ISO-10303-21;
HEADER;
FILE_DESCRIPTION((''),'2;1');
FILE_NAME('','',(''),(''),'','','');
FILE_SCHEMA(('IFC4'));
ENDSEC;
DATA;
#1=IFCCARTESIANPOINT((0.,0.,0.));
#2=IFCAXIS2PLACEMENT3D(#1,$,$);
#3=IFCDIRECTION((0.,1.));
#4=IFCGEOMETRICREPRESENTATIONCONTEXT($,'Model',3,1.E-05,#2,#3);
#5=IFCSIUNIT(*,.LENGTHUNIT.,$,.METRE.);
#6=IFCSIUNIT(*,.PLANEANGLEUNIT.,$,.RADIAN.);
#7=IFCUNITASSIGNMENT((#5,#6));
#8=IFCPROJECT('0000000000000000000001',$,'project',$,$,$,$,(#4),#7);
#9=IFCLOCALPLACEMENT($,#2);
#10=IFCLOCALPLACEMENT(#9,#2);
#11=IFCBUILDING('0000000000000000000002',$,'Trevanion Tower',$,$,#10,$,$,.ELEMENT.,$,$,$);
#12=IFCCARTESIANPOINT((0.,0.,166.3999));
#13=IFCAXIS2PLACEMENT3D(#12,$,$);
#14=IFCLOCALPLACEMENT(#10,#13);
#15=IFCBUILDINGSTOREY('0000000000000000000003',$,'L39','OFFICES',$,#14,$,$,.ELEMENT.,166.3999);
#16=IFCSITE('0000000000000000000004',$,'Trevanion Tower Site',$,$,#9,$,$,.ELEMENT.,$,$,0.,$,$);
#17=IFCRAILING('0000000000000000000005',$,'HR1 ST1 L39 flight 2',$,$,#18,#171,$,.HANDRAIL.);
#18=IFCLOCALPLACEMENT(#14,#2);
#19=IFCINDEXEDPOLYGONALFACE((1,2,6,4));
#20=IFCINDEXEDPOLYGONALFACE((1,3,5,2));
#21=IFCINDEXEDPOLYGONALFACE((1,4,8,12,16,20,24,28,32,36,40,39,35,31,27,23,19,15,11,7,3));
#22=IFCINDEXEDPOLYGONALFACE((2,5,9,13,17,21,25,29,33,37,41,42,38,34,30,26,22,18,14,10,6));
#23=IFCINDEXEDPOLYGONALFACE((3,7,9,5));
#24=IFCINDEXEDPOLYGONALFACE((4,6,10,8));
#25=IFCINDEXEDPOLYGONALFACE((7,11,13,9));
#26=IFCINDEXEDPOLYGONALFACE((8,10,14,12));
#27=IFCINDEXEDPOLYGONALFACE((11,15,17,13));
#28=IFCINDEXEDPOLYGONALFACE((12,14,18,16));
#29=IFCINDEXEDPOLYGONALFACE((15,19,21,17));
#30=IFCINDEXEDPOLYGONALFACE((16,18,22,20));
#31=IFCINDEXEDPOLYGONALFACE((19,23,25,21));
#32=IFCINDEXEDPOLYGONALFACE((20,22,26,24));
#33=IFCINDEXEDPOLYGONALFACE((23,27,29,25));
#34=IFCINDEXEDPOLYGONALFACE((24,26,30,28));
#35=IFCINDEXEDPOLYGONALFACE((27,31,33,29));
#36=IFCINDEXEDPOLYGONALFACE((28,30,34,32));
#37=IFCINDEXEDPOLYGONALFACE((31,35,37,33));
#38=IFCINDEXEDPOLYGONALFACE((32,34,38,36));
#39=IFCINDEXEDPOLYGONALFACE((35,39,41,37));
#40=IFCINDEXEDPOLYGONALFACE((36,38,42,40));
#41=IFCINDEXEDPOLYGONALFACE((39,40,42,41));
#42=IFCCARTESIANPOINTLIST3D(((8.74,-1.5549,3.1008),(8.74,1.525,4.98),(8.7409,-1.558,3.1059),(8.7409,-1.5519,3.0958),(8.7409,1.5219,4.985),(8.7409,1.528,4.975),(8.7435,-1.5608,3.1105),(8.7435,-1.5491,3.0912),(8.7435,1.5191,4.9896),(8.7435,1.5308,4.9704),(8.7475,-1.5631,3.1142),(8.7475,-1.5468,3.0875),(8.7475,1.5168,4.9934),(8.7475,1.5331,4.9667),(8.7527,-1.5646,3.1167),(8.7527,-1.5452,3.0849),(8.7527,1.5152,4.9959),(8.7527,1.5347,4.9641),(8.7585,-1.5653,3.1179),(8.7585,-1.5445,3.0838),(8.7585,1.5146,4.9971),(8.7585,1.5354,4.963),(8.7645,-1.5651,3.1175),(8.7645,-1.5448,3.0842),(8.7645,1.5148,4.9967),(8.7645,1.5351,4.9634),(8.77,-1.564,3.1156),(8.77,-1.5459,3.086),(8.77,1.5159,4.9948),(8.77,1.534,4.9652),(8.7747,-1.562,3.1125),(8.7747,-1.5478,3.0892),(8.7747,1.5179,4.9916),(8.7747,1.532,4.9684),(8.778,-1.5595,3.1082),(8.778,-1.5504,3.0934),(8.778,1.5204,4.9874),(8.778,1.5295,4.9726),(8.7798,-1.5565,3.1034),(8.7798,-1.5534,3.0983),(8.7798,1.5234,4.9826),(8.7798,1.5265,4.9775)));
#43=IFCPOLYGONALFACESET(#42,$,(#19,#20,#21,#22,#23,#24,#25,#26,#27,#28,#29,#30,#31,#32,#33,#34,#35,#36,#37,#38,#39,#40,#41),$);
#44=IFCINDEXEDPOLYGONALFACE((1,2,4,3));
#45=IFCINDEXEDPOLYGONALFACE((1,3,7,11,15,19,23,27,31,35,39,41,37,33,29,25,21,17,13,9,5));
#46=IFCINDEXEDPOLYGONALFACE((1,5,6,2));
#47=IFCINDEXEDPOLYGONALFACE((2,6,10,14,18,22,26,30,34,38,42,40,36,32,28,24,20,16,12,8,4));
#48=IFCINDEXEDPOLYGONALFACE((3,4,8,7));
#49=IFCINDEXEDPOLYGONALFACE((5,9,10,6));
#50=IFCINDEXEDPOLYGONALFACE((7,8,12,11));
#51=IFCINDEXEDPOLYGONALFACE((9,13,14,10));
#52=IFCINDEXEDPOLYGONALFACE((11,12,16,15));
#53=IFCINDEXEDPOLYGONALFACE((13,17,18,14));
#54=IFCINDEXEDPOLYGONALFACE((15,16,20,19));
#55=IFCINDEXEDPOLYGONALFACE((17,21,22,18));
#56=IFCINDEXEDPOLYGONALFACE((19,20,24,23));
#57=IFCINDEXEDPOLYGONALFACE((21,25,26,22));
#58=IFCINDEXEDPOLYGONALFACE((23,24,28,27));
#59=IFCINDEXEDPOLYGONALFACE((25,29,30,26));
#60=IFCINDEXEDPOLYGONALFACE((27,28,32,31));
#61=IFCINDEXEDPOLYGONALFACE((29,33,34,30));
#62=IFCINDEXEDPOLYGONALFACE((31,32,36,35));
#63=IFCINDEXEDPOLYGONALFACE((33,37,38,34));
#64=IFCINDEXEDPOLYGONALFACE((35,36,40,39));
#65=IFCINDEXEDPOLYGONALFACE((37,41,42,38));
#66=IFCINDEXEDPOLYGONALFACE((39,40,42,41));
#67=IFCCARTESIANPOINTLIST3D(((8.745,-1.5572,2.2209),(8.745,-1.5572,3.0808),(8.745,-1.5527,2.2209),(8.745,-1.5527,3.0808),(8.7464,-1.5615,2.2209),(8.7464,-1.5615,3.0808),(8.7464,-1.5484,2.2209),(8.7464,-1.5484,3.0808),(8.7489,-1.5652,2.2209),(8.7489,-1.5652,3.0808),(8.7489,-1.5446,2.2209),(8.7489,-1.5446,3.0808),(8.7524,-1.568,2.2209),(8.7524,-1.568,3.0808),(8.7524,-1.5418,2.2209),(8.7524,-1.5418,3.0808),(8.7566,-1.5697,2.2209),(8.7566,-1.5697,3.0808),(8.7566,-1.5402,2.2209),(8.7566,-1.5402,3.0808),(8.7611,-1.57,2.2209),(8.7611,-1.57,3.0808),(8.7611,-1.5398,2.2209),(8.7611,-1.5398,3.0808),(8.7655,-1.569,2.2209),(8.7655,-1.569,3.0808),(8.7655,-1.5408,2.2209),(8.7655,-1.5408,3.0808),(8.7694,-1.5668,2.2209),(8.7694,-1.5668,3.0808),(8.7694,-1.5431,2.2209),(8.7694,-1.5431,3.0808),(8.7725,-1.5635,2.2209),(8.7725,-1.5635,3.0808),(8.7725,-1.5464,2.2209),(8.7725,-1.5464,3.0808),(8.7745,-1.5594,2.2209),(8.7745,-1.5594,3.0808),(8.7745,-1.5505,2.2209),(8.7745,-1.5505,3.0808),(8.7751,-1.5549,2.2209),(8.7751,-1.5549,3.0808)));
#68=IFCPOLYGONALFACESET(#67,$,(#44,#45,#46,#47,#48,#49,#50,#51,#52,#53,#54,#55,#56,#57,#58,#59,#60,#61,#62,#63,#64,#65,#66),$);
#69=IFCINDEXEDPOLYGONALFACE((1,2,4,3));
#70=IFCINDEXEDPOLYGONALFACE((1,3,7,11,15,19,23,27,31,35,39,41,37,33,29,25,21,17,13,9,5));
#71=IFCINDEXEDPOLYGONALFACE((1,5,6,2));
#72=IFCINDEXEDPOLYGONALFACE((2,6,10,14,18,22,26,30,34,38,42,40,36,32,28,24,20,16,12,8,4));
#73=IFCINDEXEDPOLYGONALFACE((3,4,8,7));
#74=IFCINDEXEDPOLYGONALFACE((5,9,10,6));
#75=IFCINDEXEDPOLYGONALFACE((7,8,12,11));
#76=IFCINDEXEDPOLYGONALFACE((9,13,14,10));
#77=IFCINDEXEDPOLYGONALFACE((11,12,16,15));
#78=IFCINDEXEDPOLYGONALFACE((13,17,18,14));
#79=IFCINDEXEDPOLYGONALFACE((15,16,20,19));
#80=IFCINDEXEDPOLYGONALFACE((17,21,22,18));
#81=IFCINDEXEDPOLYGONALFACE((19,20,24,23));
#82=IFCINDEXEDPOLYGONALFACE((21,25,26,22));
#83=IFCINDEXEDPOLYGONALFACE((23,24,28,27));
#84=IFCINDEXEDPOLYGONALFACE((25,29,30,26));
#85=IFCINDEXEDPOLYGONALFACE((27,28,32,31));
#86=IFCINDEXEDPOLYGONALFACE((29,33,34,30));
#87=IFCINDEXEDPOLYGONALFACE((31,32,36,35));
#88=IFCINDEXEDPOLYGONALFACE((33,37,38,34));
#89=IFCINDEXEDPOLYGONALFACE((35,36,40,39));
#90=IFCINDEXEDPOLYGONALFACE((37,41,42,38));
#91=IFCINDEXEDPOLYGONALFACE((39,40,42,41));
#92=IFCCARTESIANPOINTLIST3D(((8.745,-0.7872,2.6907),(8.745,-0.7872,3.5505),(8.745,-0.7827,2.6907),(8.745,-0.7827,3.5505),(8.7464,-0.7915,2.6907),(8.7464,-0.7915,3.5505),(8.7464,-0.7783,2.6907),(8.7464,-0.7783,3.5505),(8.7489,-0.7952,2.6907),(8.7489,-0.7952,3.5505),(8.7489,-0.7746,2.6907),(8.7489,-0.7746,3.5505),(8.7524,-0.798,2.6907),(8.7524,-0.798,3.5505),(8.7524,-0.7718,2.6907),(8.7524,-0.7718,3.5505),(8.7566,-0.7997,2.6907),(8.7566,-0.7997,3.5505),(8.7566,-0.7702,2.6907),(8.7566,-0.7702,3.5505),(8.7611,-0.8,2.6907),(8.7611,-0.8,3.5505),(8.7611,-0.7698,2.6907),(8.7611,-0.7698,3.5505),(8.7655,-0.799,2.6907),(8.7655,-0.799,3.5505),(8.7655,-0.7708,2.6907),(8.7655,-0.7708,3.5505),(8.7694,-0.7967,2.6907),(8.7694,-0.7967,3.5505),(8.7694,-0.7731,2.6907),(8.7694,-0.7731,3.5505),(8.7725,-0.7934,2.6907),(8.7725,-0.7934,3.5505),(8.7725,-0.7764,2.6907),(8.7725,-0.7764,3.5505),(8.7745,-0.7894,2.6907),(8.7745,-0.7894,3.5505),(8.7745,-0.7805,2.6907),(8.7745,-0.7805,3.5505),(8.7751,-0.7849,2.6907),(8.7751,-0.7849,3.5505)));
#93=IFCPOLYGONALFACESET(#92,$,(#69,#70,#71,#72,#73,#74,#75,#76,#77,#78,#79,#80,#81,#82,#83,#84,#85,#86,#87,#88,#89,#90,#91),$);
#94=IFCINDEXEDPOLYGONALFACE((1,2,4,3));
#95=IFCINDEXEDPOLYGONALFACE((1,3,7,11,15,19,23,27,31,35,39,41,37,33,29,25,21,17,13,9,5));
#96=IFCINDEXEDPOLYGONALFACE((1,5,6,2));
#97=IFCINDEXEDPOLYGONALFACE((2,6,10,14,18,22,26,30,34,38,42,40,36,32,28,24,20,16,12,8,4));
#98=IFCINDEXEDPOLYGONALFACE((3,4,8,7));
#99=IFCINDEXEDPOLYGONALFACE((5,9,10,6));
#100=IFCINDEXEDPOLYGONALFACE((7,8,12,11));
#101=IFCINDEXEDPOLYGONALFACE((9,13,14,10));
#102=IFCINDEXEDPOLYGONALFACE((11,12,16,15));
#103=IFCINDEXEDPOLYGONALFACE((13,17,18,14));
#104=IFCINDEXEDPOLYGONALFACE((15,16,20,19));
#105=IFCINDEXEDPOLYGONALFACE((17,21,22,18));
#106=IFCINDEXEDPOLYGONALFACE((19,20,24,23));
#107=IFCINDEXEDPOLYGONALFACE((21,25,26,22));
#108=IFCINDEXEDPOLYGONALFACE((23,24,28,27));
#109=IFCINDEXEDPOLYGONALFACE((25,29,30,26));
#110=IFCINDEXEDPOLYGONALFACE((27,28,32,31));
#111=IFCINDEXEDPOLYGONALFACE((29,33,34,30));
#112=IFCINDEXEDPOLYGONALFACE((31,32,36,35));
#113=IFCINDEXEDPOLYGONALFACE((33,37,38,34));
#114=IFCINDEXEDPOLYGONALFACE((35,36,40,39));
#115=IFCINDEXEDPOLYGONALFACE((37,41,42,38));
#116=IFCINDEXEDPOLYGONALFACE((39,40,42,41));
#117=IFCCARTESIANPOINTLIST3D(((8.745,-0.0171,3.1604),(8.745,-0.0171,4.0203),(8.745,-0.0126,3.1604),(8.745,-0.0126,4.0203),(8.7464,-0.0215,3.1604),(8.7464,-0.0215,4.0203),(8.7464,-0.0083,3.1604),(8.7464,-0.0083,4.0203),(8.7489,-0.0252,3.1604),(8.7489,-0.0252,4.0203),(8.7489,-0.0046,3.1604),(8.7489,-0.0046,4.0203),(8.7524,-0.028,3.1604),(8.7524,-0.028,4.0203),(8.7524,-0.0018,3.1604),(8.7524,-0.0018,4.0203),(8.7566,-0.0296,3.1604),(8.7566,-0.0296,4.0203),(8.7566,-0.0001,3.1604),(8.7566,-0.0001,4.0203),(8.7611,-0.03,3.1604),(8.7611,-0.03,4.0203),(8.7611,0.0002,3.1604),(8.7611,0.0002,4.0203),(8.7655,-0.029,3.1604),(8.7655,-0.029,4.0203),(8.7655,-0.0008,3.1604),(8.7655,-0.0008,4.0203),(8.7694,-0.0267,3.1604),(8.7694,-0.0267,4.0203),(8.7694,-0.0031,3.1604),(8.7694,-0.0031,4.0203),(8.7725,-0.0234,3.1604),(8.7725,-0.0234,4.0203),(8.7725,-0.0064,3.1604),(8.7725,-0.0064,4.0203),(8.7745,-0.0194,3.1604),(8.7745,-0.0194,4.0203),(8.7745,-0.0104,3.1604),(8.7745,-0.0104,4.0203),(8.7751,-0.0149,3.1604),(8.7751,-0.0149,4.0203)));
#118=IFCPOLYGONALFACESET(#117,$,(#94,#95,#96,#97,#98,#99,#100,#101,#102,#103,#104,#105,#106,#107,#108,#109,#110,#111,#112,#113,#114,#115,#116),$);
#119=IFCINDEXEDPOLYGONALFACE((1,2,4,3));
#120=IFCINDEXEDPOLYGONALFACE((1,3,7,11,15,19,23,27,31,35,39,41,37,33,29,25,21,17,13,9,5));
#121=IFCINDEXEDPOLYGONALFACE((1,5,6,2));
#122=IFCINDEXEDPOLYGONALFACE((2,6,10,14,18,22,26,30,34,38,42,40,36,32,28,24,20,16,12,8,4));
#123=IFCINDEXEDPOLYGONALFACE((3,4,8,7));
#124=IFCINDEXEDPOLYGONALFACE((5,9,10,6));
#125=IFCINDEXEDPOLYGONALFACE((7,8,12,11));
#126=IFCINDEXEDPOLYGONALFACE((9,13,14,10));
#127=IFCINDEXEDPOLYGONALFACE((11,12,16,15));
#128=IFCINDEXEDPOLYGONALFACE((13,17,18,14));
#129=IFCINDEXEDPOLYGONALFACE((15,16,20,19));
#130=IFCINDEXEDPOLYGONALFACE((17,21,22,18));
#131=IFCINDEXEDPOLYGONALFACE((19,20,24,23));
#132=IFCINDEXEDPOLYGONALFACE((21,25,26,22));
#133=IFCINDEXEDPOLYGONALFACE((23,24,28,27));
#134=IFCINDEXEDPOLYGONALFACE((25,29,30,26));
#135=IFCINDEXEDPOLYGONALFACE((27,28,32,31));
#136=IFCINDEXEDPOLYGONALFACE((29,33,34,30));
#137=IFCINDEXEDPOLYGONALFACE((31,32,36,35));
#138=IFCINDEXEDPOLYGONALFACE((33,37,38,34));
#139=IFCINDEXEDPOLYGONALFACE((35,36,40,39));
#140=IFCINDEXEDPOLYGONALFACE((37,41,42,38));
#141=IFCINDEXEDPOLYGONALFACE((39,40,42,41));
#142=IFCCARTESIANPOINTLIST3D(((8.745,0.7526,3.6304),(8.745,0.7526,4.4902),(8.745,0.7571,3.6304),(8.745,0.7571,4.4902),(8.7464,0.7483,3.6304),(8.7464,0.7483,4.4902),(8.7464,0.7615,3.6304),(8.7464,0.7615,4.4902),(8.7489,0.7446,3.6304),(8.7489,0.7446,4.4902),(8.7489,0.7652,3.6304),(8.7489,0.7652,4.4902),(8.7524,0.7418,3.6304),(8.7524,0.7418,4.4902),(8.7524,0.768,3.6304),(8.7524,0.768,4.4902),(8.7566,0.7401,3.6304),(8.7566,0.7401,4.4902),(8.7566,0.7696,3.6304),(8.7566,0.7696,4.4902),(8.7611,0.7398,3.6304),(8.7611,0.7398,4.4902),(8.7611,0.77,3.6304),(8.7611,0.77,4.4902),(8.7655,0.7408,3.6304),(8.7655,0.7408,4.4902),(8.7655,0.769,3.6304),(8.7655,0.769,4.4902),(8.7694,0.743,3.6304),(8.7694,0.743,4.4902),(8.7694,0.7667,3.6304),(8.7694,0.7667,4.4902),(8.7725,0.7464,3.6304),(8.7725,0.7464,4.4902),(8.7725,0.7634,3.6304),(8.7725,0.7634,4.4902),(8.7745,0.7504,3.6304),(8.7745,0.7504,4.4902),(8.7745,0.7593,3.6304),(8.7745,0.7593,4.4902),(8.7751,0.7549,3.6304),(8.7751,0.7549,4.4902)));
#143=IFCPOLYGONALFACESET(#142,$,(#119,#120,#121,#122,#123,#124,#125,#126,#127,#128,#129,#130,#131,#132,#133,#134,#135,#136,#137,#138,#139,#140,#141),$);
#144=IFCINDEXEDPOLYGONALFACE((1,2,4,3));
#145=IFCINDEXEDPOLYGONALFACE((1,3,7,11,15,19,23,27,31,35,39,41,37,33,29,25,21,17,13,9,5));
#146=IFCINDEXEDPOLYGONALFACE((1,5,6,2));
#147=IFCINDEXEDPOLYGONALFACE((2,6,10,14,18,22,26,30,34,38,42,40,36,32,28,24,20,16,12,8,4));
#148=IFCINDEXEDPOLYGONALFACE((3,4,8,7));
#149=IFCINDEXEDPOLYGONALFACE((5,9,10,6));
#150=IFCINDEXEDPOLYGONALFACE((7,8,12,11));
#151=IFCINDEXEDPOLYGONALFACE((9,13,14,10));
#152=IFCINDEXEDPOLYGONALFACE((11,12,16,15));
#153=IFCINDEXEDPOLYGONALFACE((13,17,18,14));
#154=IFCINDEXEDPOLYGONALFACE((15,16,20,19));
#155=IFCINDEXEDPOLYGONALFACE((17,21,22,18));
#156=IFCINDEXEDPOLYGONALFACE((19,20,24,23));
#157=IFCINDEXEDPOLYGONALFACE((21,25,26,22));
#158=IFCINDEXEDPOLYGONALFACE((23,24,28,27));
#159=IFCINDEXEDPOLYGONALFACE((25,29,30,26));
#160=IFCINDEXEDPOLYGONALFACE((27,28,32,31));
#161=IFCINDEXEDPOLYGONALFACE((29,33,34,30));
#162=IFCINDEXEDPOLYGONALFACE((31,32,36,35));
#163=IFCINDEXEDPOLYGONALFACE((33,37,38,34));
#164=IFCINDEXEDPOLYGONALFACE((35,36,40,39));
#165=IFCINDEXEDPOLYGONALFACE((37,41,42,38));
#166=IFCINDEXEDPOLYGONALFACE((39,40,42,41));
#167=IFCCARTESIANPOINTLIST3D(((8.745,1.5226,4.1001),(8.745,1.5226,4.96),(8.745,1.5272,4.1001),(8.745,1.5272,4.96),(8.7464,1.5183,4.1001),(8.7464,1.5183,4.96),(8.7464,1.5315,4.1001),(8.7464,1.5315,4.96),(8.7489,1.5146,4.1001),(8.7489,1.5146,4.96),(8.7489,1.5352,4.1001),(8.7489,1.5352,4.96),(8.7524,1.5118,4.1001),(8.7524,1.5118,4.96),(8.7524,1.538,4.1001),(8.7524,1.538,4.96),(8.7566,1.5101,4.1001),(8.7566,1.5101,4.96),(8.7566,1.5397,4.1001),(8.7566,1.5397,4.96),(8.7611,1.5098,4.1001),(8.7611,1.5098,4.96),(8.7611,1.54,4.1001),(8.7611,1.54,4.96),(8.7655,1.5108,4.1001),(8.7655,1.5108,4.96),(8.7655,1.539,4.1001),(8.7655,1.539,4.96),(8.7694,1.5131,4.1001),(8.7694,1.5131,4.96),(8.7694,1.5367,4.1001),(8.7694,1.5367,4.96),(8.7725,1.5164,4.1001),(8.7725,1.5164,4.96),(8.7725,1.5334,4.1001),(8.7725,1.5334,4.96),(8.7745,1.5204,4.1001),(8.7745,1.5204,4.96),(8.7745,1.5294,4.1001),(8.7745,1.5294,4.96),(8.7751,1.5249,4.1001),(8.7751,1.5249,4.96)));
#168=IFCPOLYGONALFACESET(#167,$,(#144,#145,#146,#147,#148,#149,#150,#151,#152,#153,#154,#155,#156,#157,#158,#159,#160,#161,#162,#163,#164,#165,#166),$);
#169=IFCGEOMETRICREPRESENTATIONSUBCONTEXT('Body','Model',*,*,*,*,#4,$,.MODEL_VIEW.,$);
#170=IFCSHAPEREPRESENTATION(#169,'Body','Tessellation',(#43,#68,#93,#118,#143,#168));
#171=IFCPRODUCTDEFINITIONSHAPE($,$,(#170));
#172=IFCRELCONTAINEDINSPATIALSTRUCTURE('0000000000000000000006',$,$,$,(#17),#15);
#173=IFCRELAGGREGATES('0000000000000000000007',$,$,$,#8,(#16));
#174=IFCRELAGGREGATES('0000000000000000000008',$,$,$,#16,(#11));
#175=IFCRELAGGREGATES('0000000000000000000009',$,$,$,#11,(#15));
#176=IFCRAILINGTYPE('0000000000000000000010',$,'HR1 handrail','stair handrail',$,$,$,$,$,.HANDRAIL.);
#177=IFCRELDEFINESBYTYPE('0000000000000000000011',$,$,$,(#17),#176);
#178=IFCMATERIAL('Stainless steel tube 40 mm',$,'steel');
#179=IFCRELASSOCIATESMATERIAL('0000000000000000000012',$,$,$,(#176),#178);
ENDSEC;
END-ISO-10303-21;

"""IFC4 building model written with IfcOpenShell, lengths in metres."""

from ifc_helpers import new_model, si_unit, direction, frame, origin, origin_2d, place, context, subcontext, project, spatial, circle, extrude, material, type_object, element, save


model = new_model("IFC4")

# Units and contexts
model_context = context("Model", 3, precision=1e-05, world=origin(), true_north=direction((0.0, 1.0)))
body_context = subcontext(model_context, "Body", "Model", "MODEL_VIEW")
ifc_project = project(units=[si_unit("LENGTHUNIT", "METRE"), si_unit("PLANEANGLEUNIT", "RADIAN")], contexts=[model_context])

# Site, building, storey
site_placement = place(None, origin())
site = spatial("IfcSite", under=ifc_project, at=site_placement, Name="Trevanion Tower Site", CompositionType="ELEMENT", RefElevation=0.0)
building_placement = place(site_placement, origin())
building = spatial("IfcBuilding", under=site, at=building_placement, Name="Trevanion Tower", CompositionType="ELEMENT")
storey_placement = place(building_placement, frame((0.0, 0.0, 166.3999)))
storey = spatial("IfcBuildingStorey", under=building, at=storey_placement, Name="L39", Description="OFFICES", CompositionType="ELEMENT", Elevation=166.3999)

# Railing
ifc_material_1 = material(Name="Stainless steel tube 40 mm", Category="steel")
railing_type = type_object("IfcRailingType", Name="HR1 handrail", Description="stair handrail", PredefinedType="HANDRAIL", material=ifc_material_1)
for number, where, name in (
    (1, (8.76, -1.5549, 2.2209), "HR1 ST1 L39 flight 2"),
):
    element("IfcRailing", number, at=place(storey_placement, frame(where)), inside=storey, type_object=railing_type, Name=name, PredefinedType="HANDRAIL", context=body_context, shape_type="SweptSolid", body=[
        extrude(circle(Radius=0.02, at=origin_2d()), frame((0.0, 0.0, 0.8799), z_axis=(0.0, 0.853648, 0.52085), x_axis=(-1.0, 0.0, 0.0)), (0.0, 0.0, 1.0), 3.6079),
        extrude(circle(Radius=0.0151, at=origin_2d()), origin(), (0.0, 0.0, 1.0), 0.8599),
        extrude(circle(Radius=0.0151, at=origin_2d()), frame((0.0, 0.77, 0.4697)), (0.0, 0.0, 1.0), 0.8599),
        extrude(circle(Radius=0.0151, at=origin_2d()), frame((0.0, 1.54, 0.9395)), (0.0, 0.0, 1.0), 0.8599),
        extrude(circle(Radius=0.0151, at=origin_2d()), frame((0.0, 2.3098, 1.4094)), (0.0, 0.0, 1.0), 0.8599),
        extrude(circle(Radius=0.0151, at=origin_2d()), frame((0.0, 3.0798, 1.8792)), (0.0, 0.0, 1.0), 0.8599),
    ])

save(model, "model.ifc")
